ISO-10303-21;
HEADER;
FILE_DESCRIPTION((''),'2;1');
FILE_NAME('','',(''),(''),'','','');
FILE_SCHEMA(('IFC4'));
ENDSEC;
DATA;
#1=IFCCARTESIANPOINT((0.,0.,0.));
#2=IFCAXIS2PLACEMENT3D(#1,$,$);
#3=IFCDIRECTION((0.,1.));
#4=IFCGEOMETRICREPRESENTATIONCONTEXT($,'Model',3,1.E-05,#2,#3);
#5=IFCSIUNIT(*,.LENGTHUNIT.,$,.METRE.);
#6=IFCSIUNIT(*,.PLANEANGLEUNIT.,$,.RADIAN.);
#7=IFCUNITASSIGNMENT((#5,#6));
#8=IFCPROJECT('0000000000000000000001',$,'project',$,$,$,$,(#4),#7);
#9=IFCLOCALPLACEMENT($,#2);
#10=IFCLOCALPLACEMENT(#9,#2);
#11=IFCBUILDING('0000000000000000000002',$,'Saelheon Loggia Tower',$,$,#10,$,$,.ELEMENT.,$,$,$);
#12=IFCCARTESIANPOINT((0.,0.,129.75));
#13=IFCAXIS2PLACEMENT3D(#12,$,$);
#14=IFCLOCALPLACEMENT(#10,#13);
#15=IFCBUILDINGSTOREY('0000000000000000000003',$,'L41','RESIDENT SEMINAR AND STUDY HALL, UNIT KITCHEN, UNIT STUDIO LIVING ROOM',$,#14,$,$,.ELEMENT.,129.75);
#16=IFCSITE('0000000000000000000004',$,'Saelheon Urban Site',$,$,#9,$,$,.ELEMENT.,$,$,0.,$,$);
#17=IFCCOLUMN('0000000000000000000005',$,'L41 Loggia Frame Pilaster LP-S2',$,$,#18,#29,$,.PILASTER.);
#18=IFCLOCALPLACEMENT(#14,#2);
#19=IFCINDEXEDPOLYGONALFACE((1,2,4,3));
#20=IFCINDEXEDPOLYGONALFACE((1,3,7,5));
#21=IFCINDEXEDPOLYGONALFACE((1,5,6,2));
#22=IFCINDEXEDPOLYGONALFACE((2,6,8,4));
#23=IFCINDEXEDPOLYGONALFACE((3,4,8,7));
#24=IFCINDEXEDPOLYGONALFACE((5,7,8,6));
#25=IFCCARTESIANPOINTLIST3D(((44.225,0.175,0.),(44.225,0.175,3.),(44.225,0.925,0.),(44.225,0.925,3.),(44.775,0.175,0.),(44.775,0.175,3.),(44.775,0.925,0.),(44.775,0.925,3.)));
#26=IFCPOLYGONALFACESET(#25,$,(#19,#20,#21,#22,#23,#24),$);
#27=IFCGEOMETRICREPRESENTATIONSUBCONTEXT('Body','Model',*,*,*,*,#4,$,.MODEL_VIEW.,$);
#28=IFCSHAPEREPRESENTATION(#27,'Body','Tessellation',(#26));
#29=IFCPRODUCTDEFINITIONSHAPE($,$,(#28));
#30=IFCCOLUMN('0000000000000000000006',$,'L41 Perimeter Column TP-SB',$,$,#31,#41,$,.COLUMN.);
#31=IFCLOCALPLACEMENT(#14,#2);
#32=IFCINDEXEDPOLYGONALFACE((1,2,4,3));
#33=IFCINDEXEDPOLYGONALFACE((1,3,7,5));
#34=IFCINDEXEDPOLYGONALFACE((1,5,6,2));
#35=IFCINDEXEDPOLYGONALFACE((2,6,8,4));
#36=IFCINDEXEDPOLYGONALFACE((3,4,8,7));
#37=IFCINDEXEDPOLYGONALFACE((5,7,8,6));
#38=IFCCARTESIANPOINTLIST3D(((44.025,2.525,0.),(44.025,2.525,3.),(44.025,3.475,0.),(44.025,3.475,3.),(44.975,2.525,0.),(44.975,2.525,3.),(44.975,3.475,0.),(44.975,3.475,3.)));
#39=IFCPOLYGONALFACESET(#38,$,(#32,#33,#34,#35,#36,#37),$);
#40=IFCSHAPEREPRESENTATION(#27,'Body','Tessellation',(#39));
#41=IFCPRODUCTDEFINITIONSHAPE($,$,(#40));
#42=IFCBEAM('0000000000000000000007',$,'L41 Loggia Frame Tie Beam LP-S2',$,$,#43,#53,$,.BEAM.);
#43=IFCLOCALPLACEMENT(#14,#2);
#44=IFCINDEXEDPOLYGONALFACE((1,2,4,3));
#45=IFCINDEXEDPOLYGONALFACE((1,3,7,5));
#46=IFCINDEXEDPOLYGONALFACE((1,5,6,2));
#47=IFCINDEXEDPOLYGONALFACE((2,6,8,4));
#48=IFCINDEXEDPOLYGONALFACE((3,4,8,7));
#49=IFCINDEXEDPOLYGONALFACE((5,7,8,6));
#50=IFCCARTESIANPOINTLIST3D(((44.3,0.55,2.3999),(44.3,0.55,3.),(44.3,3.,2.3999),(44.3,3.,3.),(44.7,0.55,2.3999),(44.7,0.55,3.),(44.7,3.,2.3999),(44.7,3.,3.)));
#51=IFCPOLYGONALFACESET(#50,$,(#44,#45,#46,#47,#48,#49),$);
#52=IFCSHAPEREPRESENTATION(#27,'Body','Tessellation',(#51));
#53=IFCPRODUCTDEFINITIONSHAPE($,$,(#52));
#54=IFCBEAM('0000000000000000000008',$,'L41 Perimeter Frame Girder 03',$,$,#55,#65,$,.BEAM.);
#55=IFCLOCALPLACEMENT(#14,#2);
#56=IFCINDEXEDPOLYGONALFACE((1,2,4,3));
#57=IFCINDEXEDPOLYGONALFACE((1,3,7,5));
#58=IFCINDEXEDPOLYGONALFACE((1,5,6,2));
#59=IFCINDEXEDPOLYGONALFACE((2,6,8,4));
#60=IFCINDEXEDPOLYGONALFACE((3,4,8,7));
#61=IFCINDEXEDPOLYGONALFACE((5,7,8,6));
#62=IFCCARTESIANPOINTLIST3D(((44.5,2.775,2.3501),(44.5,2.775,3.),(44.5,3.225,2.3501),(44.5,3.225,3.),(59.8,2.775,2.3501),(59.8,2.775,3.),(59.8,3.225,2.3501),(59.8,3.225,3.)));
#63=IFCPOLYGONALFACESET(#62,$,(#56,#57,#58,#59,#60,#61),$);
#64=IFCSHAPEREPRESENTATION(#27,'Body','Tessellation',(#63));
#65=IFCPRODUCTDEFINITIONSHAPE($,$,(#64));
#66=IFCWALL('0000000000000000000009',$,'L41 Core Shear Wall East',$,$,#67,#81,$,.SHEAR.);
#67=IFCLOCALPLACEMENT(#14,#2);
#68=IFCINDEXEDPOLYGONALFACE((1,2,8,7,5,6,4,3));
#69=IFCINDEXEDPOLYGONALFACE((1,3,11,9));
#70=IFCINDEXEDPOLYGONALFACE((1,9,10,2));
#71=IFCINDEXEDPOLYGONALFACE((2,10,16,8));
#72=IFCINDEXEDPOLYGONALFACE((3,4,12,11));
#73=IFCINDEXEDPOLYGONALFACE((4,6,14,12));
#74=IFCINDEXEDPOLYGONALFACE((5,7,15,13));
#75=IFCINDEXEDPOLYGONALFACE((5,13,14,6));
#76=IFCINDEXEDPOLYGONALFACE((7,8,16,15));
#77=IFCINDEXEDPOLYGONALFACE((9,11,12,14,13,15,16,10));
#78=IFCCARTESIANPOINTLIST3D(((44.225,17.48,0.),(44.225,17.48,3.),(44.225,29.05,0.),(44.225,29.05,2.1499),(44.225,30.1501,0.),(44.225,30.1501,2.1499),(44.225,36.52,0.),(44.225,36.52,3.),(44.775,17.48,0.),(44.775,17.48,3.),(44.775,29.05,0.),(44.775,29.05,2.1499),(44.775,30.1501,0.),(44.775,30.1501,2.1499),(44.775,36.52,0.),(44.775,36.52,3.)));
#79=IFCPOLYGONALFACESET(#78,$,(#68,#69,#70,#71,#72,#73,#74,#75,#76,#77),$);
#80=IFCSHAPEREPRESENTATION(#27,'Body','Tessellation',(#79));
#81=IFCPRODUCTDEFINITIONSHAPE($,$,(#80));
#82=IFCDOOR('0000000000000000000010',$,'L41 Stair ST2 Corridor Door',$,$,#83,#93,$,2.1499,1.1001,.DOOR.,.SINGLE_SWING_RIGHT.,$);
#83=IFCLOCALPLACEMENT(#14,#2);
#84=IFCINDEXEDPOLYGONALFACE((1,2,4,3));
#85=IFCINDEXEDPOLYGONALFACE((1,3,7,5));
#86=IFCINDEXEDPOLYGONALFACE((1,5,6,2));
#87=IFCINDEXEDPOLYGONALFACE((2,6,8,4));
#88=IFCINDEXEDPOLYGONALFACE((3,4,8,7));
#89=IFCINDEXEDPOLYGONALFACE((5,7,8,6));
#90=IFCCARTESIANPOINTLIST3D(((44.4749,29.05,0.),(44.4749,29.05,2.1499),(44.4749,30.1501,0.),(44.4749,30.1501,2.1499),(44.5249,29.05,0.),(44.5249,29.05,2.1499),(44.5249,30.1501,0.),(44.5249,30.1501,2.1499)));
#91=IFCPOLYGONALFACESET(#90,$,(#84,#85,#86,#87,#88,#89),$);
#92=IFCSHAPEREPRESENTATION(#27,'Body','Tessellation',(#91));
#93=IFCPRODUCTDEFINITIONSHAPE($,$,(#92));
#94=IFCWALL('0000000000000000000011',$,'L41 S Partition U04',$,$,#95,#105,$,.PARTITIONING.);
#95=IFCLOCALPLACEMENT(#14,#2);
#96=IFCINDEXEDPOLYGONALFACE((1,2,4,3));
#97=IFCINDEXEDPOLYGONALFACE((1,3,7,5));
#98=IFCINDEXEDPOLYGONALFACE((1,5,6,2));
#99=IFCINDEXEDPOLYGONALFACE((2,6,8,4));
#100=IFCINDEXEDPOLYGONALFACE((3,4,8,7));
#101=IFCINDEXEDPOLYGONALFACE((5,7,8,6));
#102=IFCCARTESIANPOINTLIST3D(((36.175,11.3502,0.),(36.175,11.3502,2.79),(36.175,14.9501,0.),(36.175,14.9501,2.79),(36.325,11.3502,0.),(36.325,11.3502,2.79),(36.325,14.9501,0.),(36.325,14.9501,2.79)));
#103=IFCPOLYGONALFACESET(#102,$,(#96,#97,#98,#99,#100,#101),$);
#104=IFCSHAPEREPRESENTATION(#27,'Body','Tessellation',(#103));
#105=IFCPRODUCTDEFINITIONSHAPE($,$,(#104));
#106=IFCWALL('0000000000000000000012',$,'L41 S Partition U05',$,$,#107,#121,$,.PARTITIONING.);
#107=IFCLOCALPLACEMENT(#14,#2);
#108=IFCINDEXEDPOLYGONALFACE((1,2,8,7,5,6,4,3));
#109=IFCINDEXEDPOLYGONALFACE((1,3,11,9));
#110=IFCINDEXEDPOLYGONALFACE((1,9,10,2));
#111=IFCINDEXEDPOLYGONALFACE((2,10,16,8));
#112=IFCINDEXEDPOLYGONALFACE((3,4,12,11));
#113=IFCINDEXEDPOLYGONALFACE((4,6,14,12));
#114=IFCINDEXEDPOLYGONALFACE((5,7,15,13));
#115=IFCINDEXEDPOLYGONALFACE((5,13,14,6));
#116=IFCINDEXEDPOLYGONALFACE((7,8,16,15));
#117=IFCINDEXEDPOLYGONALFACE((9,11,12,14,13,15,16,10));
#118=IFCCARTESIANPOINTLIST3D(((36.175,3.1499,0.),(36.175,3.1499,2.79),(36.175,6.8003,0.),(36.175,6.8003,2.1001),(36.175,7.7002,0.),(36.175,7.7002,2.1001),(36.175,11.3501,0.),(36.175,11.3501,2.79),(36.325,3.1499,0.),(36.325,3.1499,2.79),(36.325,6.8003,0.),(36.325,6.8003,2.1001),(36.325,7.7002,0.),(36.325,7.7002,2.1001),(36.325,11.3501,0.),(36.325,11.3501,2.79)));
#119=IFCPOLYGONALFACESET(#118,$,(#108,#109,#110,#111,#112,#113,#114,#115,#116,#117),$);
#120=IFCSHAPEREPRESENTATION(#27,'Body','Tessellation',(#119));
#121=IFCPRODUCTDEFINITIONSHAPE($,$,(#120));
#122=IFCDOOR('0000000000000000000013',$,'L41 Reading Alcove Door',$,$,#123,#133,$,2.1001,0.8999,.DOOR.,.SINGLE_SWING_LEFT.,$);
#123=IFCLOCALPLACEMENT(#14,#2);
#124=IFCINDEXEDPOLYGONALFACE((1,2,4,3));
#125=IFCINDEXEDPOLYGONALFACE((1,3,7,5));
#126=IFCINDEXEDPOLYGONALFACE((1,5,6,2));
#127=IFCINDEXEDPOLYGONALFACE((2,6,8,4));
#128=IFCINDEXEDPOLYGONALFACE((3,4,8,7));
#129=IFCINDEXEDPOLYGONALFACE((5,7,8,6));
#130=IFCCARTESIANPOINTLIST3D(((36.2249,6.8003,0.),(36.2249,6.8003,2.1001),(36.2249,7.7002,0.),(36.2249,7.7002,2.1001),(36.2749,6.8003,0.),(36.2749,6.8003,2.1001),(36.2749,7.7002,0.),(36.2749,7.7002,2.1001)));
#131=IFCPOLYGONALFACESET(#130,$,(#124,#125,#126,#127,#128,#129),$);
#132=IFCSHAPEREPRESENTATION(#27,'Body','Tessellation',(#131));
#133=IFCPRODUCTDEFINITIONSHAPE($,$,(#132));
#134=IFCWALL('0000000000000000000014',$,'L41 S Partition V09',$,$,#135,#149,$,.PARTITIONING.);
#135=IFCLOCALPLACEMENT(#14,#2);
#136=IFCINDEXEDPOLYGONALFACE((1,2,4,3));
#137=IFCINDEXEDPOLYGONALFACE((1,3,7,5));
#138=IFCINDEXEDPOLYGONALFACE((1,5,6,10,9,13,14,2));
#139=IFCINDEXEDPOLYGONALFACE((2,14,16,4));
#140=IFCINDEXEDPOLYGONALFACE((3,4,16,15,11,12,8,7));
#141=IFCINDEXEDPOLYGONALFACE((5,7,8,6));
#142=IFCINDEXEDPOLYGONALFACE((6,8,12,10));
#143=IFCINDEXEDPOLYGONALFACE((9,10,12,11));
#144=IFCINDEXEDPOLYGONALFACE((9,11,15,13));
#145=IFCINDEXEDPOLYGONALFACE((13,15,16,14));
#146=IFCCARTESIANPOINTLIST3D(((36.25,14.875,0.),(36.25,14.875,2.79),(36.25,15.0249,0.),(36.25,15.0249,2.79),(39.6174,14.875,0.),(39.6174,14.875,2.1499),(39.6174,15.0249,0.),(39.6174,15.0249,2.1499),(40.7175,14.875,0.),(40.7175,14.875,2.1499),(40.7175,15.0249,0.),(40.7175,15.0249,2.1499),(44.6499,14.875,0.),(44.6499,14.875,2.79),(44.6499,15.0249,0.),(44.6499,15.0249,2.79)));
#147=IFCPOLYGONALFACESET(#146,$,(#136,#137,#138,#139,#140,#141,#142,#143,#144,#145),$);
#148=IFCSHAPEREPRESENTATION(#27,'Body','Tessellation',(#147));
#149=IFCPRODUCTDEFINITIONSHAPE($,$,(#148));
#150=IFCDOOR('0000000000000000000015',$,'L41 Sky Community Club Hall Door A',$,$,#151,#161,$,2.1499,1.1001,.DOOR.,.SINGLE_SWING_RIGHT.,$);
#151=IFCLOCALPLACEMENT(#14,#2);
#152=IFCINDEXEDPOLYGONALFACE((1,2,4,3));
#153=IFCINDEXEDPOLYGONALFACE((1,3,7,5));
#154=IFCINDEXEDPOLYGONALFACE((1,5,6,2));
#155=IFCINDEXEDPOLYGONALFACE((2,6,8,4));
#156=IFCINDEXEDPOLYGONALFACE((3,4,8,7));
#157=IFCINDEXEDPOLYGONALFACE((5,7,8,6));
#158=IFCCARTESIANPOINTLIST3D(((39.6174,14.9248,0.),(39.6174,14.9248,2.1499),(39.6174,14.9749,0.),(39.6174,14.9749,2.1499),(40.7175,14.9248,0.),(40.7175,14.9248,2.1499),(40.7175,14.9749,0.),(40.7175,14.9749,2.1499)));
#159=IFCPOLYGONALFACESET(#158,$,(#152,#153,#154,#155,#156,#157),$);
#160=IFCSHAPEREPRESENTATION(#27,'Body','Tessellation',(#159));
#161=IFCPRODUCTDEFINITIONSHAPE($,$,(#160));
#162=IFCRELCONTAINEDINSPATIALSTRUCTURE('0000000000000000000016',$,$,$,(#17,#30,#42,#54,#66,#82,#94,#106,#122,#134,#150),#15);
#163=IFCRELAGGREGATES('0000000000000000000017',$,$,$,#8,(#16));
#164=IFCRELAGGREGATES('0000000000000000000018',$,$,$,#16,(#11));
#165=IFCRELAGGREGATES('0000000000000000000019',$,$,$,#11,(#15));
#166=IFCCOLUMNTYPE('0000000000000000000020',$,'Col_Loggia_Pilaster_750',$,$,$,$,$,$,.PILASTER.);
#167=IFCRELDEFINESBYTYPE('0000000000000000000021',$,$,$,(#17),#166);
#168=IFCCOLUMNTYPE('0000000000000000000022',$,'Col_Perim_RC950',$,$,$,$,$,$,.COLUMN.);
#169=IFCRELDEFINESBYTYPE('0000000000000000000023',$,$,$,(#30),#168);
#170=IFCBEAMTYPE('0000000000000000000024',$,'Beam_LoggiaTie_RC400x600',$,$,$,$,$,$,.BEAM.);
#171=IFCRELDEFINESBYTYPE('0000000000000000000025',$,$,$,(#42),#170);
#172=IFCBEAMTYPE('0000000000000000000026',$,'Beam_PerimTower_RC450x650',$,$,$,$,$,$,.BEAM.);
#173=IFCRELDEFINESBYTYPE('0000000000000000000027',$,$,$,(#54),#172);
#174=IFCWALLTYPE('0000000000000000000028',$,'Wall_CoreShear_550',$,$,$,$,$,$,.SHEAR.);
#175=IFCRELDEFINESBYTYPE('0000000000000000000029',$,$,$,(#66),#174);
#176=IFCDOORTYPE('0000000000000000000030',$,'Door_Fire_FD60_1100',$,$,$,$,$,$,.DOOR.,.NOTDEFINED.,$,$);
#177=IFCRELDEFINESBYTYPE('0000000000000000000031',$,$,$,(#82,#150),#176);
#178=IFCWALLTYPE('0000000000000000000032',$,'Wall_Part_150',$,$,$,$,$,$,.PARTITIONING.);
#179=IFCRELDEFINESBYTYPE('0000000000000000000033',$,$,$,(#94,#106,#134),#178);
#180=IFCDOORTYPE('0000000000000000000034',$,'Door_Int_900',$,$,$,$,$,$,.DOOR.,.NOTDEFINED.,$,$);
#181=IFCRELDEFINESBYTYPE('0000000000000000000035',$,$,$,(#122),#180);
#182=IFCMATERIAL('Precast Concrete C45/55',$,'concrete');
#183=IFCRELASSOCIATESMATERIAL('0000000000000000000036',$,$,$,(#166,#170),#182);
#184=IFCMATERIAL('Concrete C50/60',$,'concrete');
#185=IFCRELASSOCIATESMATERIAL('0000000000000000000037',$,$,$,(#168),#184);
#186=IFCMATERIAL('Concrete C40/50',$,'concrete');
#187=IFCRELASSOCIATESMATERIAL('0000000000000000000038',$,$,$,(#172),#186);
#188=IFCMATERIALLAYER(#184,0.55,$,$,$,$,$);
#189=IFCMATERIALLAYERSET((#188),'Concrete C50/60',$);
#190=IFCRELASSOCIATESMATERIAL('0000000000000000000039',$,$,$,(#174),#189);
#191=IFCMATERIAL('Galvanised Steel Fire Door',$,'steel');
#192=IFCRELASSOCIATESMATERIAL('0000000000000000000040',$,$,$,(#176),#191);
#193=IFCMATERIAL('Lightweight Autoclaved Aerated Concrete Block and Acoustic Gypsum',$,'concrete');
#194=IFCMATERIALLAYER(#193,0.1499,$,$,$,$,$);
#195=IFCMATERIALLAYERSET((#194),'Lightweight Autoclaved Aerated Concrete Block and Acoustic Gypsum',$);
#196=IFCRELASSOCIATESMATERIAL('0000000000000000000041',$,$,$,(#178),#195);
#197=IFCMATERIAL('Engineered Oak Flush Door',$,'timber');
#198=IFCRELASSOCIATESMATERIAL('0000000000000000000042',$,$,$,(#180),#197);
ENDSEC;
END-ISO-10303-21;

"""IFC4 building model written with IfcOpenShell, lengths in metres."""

from ifc_helpers import new_model, si_unit, direction, frame, frame_2d, origin, origin_2d, place, context, subcontext, project, spatial, rectangle, extrude, source, transform, mapped, material, layer, layer_set, material_profile, profile_set, type_object, element, fill, save


model = new_model("IFC4")

# Units and contexts
model_context = context("Model", 3, precision=1e-05, world=origin(), true_north=direction((0.0, 1.0)))
body_context = subcontext(model_context, "Body", "Model", "MODEL_VIEW")
ifc_project = project(units=[si_unit("LENGTHUNIT", "METRE"), si_unit("PLANEANGLEUNIT", "RADIAN")], contexts=[model_context])

# Site, building, storey
site_placement = place(None, origin())
site = spatial("IfcSite", under=ifc_project, at=site_placement, Name="Saelheon Urban Site", CompositionType="ELEMENT", RefElevation=0.0)
building_placement = place(site_placement, origin())
building = spatial("IfcBuilding", under=site, at=building_placement, Name="Saelheon Loggia Tower", CompositionType="ELEMENT")
storey_placement = place(building_placement, frame((0.0, 0.0, 129.75)))
storey = spatial("IfcBuildingStorey", under=building, at=storey_placement, Name="L41", Description="RESIDENT SEMINAR AND STUDY HALL, UNIT KITCHEN, UNIT STUDIO LIVING ROOM", CompositionType="ELEMENT", Elevation=129.75)

# Columns
ifc_material_1 = material(Name="Precast Concrete C45/55", Category="concrete")
ifc_material_profile_1 = material_profile(ifc_material_1, rectangle(XDim=0.55, YDim=0.75, at=origin_2d()), Name="RC-550x750")
ifc_profile_set_1 = profile_set([ifc_material_profile_1], Name="Precast Concrete C45/55")
column_type_1 = type_object("IfcColumnType", Name="Col_Loggia_Pilaster_750", PredefinedType="PILASTER", material=ifc_profile_set_1)
shared_shape_1 = source(origin(), body_context, "Body", "SweptSolid", [
    extrude(rectangle(XDim=0.55, YDim=0.75, at=origin_2d()), origin(), (0.0, 0.0, 1.0), 3.0),
])
column_1_placement = place(storey_placement, frame((44.5, 0.55, 0.0), z_axis=(0.0, 0.0, 1.0), x_axis=(1.0, 0.0, 0.0)))
element("IfcColumn", 1, at=column_1_placement, inside=storey, type_object=column_type_1, Name="L41 Loggia Frame Pilaster LP-S2", PredefinedType="PILASTER", context=body_context, shape_type="MappedRepresentation", body=[
    mapped(shared_shape_1, transform((0.0, 0.0, 0.0), scale=1.0)),
])
ifc_material_2 = material(Name="Concrete C50/60", Category="concrete")
ifc_material_profile_2 = material_profile(ifc_material_2, rectangle(XDim=0.95, YDim=0.95, at=origin_2d()), Name="RC-950x950")
ifc_profile_set_2 = profile_set([ifc_material_profile_2], Name="Concrete C50/60")
column_type_2 = type_object("IfcColumnType", Name="Col_Perim_RC950", PredefinedType="COLUMN", material=ifc_profile_set_2)
shared_shape_2 = source(origin(), body_context, "Body", "SweptSolid", [
    extrude(rectangle(XDim=0.95, YDim=0.95, at=origin_2d()), origin(), (0.0, 0.0, 1.0), 3.0),
])
column_2_placement = place(storey_placement, frame((44.5, 3.0, 0.0), z_axis=(0.0, 0.0, 1.0), x_axis=(1.0, 0.0, 0.0)))
element("IfcColumn", 2, at=column_2_placement, inside=storey, type_object=column_type_2, Name="L41 Perimeter Column TP-SB", PredefinedType="COLUMN", context=body_context, shape_type="MappedRepresentation", body=[
    mapped(shared_shape_2, transform((0.0, 0.0, 0.0), scale=1.0)),
])

# Beams
ifc_material_profile_3 = material_profile(ifc_material_1, rectangle(XDim=0.3999, YDim=0.6001, at=origin_2d()), Name="RC-400x600")
ifc_profile_set_3 = profile_set([ifc_material_profile_3], Name="Precast Concrete C45/55")
beam_type_1 = type_object("IfcBeamType", Name="Beam_LoggiaTie_RC400x600", PredefinedType="BEAM", material=ifc_profile_set_3)
shared_shape_3 = source(origin(), body_context, "Body", "SweptSolid", [
    extrude(rectangle(XDim=0.3999, YDim=0.6001, at=origin_2d()), origin(), (0.0, 0.0, 1.0), 2.45),
])
beam_1_placement = place(storey_placement, frame((44.5, 3.0, 2.7), z_axis=(0.0, -1.0, 0.0), x_axis=(1.0, 0.0, 0.0)))
element("IfcBeam", 3, at=beam_1_placement, inside=storey, type_object=beam_type_1, Name="L41 Loggia Frame Tie Beam LP-S2", PredefinedType="BEAM", context=body_context, shape_type="MappedRepresentation", body=[
    mapped(shared_shape_3, transform((0.0, 0.0, 0.0), scale=1.0)),
])
ifc_material_3 = material(Name="Concrete C40/50", Category="concrete")
ifc_material_profile_4 = material_profile(ifc_material_3, rectangle(XDim=0.45, YDim=0.6499, at=origin_2d()), Name="RC-450x650")
ifc_profile_set_4 = profile_set([ifc_material_profile_4], Name="Concrete C40/50")
beam_type_2 = type_object("IfcBeamType", Name="Beam_PerimTower_RC450x650", PredefinedType="BEAM", material=ifc_profile_set_4)
shared_shape_4 = source(origin(), body_context, "Body", "SweptSolid", [
    extrude(rectangle(XDim=0.45, YDim=0.6499, at=origin_2d()), origin(), (0.0, 0.0, 1.0), 15.3),
])
beam_2_placement = place(storey_placement, frame((44.5, 3.0, 2.675), z_axis=(1.0, 0.0, 0.0), x_axis=(0.0, 1.0, 0.0)))
element("IfcBeam", 4, at=beam_2_placement, inside=storey, type_object=beam_type_2, Name="L41 Perimeter Frame Girder 03", PredefinedType="BEAM", context=body_context, shape_type="MappedRepresentation", body=[
    mapped(shared_shape_4, transform((0.0, 0.0, 0.0), scale=1.0)),
])

# Wall, opening, door
ifc_layer_1 = layer(ifc_material_2, 0.55)
ifc_layer_set_1 = layer_set([ifc_layer_1], Name="Concrete C50/60")
wall_type_1 = type_object("IfcWallType", Name="Wall_CoreShear_550", PredefinedType="SHEAR", material=ifc_layer_set_1)
wall_1_placement = place(storey_placement, frame((44.5, 17.48, 0.0), z_axis=(0.0, 0.0, 1.0), x_axis=(0.0, 1.0, 0.0)))
wall_1 = element("IfcWall", 5, at=wall_1_placement, inside=storey, type_object=wall_type_1, Name="L41 Core Shear Wall East", PredefinedType="SHEAR", context=body_context, shape_type="SweptSolid", body=[
    extrude(rectangle(XDim=19.04, YDim=0.55, at=frame_2d((9.52, 0.0))), origin(), (0.0, 0.0, 1.0), 3.0),
])
opening_1_placement = place(wall_1_placement, frame((12.6702, 0.0, 0.0), z_axis=(0.0, 0.0, 1.0), x_axis=(-1.0, 0.0, 0.0)))
opening_1 = element("IfcOpeningElement", 6, at=opening_1_placement, cuts=wall_1, PredefinedType="OPENING", context=body_context, shape_type="SweptSolid", body=[
    extrude(rectangle(XDim=1.1001, YDim=2.1499, at=frame_2d((0.55, 1.075))), frame((0.0, 0.2871, 0.0), z_axis=(0.0, -1.0, 0.0), x_axis=(1.0, 0.0, 0.0)), (0.0, 0.0, 1.0), 0.574),
])
ifc_material_4 = material(Name="Galvanised Steel Fire Door", Category="steel")
door_type_1 = type_object("IfcDoorType", Name="Door_Fire_FD60_1100", OperationType="NOTDEFINED", PredefinedType="DOOR", material=ifc_material_4)
shared_shape_5 = source(origin(), body_context, "Body", "SweptSolid", [
    extrude(rectangle(XDim=1.1001, YDim=2.1499, at=frame_2d((0.55, 1.075))), frame((0.0, 0.0249, 0.0), z_axis=(0.0, -1.0, 0.0), x_axis=(1.0, 0.0, 0.0)), (0.0, 0.0, 1.0), 0.05),
])
door_1_placement = place(opening_1_placement, origin())
door_1 = element("IfcDoor", 7, at=door_1_placement, inside=storey, type_object=door_type_1, Name="L41 Stair ST2 Corridor Door", OperationType="SINGLE_SWING_RIGHT", OverallHeight=2.1499, OverallWidth=1.1001, PredefinedType="DOOR", context=body_context, shape_type="MappedRepresentation", body=[
    mapped(shared_shape_5, transform((0.0, 0.0, 0.0), scale=1.0)),
])
fill(opening_1, door_1)

# Wall
ifc_material_5 = material(Name="Lightweight Autoclaved Aerated Concrete Block and Acoustic Gypsum", Category="concrete")
ifc_layer_2 = layer(ifc_material_5, 0.1499)
ifc_layer_set_2 = layer_set([ifc_layer_2], Name="Lightweight Autoclaved Aerated Concrete Block and Acoustic Gypsum")
wall_type_2 = type_object("IfcWallType", Name="Wall_Part_150", PredefinedType="PARTITIONING", material=ifc_layer_set_2)
wall_2_placement = place(storey_placement, frame((36.25, 14.95, 0.0), z_axis=(0.0, 0.0, 1.0), x_axis=(0.0, -1.0, 0.0)))
element("IfcWall", 8, at=wall_2_placement, inside=storey, type_object=wall_type_2, Name="L41 S Partition U04", PredefinedType="PARTITIONING", context=body_context, shape_type="SweptSolid", body=[
    extrude(rectangle(XDim=3.5999, YDim=0.1499, at=frame_2d((1.7998, 0.0))), origin(), (0.0, 0.0, 1.0), 2.79),
])

# Walls, openings, doors
wall_3_placement = place(storey_placement, frame((36.25, 11.3501, 0.0), z_axis=(0.0, 0.0, 1.0), x_axis=(0.0, -1.0, 0.0)))
wall_3 = element("IfcWall", 9, at=wall_3_placement, inside=storey, type_object=wall_type_2, Name="L41 S Partition U05", PredefinedType="PARTITIONING", context=body_context, shape_type="SweptSolid", body=[
    extrude(rectangle(XDim=8.2002, YDim=0.1499, at=frame_2d((4.1001, 0.0))), origin(), (0.0, 0.0, 1.0), 2.79),
])
opening_2_placement = place(wall_3_placement, frame((3.6499, 0.0, 0.0)))
opening_2 = element("IfcOpeningElement", 10, at=opening_2_placement, cuts=wall_3, PredefinedType="OPENING", context=body_context, shape_type="SweptSolid", body=[
    extrude(rectangle(XDim=0.8999, YDim=2.1001, at=frame_2d((0.45, 1.05))), frame((0.0, 0.0869, 0.0), z_axis=(0.0, -1.0, 0.0), x_axis=(1.0, 0.0, 0.0)), (0.0, 0.0, 1.0), 0.1738),
])
ifc_material_6 = material(Name="Engineered Oak Flush Door", Category="timber")
door_type_2 = type_object("IfcDoorType", Name="Door_Int_900", OperationType="NOTDEFINED", PredefinedType="DOOR", material=ifc_material_6)
shared_shape_6 = source(origin(), body_context, "Body", "SweptSolid", [
    extrude(rectangle(XDim=0.8999, YDim=2.1001, at=frame_2d((0.45, 1.05))), frame((0.0, 0.0249, 0.0), z_axis=(0.0, -1.0, 0.0), x_axis=(1.0, 0.0, 0.0)), (0.0, 0.0, 1.0), 0.05),
])
door_2_placement = place(opening_2_placement, origin())
door_2 = element("IfcDoor", 11, at=door_2_placement, inside=storey, type_object=door_type_2, Name="L41 Reading Alcove Door", OperationType="SINGLE_SWING_LEFT", OverallHeight=2.1001, OverallWidth=0.8999, PredefinedType="DOOR", context=body_context, shape_type="MappedRepresentation", body=[
    mapped(shared_shape_6, transform((0.0, 0.0, 0.0), scale=1.0)),
])
fill(opening_2, door_2)
wall_4_placement = place(storey_placement, frame((36.25, 14.95, 0.0), z_axis=(0.0, 0.0, 1.0), x_axis=(1.0, 0.0, 0.0)))
wall_4 = element("IfcWall", 12, at=wall_4_placement, inside=storey, type_object=wall_type_2, Name="L41 S Partition V09", PredefinedType="PARTITIONING", context=body_context, shape_type="SweptSolid", body=[
    extrude(rectangle(XDim=8.3999, YDim=0.1499, at=frame_2d((4.2, 0.0))), origin(), (0.0, 0.0, 1.0), 2.79),
])
opening_3_placement = place(wall_4_placement, frame((3.3674, 0.0, 0.0)))
opening_3 = element("IfcOpeningElement", 13, at=opening_3_placement, cuts=wall_4, PredefinedType="OPENING", context=body_context, shape_type="SweptSolid", body=[
    extrude(rectangle(XDim=1.1001, YDim=2.1499, at=frame_2d((0.55, 1.075))), frame((0.0, 0.0869, 0.0), z_axis=(0.0, -1.0, 0.0), x_axis=(1.0, 0.0, 0.0)), (0.0, 0.0, 1.0), 0.1738),
])
door_3_placement = place(opening_3_placement, origin())
door_3 = element("IfcDoor", 14, at=door_3_placement, inside=storey, type_object=door_type_1, Name="L41 Sky Community Club Hall Door A", OperationType="SINGLE_SWING_RIGHT", OverallHeight=2.1499, OverallWidth=1.1001, PredefinedType="DOOR", context=body_context, shape_type="MappedRepresentation", body=[
    mapped(shared_shape_5, transform((0.0, 0.0, 0.0), scale=1.0)),
])
fill(opening_3, door_3)

save(model, "model.ifc")
